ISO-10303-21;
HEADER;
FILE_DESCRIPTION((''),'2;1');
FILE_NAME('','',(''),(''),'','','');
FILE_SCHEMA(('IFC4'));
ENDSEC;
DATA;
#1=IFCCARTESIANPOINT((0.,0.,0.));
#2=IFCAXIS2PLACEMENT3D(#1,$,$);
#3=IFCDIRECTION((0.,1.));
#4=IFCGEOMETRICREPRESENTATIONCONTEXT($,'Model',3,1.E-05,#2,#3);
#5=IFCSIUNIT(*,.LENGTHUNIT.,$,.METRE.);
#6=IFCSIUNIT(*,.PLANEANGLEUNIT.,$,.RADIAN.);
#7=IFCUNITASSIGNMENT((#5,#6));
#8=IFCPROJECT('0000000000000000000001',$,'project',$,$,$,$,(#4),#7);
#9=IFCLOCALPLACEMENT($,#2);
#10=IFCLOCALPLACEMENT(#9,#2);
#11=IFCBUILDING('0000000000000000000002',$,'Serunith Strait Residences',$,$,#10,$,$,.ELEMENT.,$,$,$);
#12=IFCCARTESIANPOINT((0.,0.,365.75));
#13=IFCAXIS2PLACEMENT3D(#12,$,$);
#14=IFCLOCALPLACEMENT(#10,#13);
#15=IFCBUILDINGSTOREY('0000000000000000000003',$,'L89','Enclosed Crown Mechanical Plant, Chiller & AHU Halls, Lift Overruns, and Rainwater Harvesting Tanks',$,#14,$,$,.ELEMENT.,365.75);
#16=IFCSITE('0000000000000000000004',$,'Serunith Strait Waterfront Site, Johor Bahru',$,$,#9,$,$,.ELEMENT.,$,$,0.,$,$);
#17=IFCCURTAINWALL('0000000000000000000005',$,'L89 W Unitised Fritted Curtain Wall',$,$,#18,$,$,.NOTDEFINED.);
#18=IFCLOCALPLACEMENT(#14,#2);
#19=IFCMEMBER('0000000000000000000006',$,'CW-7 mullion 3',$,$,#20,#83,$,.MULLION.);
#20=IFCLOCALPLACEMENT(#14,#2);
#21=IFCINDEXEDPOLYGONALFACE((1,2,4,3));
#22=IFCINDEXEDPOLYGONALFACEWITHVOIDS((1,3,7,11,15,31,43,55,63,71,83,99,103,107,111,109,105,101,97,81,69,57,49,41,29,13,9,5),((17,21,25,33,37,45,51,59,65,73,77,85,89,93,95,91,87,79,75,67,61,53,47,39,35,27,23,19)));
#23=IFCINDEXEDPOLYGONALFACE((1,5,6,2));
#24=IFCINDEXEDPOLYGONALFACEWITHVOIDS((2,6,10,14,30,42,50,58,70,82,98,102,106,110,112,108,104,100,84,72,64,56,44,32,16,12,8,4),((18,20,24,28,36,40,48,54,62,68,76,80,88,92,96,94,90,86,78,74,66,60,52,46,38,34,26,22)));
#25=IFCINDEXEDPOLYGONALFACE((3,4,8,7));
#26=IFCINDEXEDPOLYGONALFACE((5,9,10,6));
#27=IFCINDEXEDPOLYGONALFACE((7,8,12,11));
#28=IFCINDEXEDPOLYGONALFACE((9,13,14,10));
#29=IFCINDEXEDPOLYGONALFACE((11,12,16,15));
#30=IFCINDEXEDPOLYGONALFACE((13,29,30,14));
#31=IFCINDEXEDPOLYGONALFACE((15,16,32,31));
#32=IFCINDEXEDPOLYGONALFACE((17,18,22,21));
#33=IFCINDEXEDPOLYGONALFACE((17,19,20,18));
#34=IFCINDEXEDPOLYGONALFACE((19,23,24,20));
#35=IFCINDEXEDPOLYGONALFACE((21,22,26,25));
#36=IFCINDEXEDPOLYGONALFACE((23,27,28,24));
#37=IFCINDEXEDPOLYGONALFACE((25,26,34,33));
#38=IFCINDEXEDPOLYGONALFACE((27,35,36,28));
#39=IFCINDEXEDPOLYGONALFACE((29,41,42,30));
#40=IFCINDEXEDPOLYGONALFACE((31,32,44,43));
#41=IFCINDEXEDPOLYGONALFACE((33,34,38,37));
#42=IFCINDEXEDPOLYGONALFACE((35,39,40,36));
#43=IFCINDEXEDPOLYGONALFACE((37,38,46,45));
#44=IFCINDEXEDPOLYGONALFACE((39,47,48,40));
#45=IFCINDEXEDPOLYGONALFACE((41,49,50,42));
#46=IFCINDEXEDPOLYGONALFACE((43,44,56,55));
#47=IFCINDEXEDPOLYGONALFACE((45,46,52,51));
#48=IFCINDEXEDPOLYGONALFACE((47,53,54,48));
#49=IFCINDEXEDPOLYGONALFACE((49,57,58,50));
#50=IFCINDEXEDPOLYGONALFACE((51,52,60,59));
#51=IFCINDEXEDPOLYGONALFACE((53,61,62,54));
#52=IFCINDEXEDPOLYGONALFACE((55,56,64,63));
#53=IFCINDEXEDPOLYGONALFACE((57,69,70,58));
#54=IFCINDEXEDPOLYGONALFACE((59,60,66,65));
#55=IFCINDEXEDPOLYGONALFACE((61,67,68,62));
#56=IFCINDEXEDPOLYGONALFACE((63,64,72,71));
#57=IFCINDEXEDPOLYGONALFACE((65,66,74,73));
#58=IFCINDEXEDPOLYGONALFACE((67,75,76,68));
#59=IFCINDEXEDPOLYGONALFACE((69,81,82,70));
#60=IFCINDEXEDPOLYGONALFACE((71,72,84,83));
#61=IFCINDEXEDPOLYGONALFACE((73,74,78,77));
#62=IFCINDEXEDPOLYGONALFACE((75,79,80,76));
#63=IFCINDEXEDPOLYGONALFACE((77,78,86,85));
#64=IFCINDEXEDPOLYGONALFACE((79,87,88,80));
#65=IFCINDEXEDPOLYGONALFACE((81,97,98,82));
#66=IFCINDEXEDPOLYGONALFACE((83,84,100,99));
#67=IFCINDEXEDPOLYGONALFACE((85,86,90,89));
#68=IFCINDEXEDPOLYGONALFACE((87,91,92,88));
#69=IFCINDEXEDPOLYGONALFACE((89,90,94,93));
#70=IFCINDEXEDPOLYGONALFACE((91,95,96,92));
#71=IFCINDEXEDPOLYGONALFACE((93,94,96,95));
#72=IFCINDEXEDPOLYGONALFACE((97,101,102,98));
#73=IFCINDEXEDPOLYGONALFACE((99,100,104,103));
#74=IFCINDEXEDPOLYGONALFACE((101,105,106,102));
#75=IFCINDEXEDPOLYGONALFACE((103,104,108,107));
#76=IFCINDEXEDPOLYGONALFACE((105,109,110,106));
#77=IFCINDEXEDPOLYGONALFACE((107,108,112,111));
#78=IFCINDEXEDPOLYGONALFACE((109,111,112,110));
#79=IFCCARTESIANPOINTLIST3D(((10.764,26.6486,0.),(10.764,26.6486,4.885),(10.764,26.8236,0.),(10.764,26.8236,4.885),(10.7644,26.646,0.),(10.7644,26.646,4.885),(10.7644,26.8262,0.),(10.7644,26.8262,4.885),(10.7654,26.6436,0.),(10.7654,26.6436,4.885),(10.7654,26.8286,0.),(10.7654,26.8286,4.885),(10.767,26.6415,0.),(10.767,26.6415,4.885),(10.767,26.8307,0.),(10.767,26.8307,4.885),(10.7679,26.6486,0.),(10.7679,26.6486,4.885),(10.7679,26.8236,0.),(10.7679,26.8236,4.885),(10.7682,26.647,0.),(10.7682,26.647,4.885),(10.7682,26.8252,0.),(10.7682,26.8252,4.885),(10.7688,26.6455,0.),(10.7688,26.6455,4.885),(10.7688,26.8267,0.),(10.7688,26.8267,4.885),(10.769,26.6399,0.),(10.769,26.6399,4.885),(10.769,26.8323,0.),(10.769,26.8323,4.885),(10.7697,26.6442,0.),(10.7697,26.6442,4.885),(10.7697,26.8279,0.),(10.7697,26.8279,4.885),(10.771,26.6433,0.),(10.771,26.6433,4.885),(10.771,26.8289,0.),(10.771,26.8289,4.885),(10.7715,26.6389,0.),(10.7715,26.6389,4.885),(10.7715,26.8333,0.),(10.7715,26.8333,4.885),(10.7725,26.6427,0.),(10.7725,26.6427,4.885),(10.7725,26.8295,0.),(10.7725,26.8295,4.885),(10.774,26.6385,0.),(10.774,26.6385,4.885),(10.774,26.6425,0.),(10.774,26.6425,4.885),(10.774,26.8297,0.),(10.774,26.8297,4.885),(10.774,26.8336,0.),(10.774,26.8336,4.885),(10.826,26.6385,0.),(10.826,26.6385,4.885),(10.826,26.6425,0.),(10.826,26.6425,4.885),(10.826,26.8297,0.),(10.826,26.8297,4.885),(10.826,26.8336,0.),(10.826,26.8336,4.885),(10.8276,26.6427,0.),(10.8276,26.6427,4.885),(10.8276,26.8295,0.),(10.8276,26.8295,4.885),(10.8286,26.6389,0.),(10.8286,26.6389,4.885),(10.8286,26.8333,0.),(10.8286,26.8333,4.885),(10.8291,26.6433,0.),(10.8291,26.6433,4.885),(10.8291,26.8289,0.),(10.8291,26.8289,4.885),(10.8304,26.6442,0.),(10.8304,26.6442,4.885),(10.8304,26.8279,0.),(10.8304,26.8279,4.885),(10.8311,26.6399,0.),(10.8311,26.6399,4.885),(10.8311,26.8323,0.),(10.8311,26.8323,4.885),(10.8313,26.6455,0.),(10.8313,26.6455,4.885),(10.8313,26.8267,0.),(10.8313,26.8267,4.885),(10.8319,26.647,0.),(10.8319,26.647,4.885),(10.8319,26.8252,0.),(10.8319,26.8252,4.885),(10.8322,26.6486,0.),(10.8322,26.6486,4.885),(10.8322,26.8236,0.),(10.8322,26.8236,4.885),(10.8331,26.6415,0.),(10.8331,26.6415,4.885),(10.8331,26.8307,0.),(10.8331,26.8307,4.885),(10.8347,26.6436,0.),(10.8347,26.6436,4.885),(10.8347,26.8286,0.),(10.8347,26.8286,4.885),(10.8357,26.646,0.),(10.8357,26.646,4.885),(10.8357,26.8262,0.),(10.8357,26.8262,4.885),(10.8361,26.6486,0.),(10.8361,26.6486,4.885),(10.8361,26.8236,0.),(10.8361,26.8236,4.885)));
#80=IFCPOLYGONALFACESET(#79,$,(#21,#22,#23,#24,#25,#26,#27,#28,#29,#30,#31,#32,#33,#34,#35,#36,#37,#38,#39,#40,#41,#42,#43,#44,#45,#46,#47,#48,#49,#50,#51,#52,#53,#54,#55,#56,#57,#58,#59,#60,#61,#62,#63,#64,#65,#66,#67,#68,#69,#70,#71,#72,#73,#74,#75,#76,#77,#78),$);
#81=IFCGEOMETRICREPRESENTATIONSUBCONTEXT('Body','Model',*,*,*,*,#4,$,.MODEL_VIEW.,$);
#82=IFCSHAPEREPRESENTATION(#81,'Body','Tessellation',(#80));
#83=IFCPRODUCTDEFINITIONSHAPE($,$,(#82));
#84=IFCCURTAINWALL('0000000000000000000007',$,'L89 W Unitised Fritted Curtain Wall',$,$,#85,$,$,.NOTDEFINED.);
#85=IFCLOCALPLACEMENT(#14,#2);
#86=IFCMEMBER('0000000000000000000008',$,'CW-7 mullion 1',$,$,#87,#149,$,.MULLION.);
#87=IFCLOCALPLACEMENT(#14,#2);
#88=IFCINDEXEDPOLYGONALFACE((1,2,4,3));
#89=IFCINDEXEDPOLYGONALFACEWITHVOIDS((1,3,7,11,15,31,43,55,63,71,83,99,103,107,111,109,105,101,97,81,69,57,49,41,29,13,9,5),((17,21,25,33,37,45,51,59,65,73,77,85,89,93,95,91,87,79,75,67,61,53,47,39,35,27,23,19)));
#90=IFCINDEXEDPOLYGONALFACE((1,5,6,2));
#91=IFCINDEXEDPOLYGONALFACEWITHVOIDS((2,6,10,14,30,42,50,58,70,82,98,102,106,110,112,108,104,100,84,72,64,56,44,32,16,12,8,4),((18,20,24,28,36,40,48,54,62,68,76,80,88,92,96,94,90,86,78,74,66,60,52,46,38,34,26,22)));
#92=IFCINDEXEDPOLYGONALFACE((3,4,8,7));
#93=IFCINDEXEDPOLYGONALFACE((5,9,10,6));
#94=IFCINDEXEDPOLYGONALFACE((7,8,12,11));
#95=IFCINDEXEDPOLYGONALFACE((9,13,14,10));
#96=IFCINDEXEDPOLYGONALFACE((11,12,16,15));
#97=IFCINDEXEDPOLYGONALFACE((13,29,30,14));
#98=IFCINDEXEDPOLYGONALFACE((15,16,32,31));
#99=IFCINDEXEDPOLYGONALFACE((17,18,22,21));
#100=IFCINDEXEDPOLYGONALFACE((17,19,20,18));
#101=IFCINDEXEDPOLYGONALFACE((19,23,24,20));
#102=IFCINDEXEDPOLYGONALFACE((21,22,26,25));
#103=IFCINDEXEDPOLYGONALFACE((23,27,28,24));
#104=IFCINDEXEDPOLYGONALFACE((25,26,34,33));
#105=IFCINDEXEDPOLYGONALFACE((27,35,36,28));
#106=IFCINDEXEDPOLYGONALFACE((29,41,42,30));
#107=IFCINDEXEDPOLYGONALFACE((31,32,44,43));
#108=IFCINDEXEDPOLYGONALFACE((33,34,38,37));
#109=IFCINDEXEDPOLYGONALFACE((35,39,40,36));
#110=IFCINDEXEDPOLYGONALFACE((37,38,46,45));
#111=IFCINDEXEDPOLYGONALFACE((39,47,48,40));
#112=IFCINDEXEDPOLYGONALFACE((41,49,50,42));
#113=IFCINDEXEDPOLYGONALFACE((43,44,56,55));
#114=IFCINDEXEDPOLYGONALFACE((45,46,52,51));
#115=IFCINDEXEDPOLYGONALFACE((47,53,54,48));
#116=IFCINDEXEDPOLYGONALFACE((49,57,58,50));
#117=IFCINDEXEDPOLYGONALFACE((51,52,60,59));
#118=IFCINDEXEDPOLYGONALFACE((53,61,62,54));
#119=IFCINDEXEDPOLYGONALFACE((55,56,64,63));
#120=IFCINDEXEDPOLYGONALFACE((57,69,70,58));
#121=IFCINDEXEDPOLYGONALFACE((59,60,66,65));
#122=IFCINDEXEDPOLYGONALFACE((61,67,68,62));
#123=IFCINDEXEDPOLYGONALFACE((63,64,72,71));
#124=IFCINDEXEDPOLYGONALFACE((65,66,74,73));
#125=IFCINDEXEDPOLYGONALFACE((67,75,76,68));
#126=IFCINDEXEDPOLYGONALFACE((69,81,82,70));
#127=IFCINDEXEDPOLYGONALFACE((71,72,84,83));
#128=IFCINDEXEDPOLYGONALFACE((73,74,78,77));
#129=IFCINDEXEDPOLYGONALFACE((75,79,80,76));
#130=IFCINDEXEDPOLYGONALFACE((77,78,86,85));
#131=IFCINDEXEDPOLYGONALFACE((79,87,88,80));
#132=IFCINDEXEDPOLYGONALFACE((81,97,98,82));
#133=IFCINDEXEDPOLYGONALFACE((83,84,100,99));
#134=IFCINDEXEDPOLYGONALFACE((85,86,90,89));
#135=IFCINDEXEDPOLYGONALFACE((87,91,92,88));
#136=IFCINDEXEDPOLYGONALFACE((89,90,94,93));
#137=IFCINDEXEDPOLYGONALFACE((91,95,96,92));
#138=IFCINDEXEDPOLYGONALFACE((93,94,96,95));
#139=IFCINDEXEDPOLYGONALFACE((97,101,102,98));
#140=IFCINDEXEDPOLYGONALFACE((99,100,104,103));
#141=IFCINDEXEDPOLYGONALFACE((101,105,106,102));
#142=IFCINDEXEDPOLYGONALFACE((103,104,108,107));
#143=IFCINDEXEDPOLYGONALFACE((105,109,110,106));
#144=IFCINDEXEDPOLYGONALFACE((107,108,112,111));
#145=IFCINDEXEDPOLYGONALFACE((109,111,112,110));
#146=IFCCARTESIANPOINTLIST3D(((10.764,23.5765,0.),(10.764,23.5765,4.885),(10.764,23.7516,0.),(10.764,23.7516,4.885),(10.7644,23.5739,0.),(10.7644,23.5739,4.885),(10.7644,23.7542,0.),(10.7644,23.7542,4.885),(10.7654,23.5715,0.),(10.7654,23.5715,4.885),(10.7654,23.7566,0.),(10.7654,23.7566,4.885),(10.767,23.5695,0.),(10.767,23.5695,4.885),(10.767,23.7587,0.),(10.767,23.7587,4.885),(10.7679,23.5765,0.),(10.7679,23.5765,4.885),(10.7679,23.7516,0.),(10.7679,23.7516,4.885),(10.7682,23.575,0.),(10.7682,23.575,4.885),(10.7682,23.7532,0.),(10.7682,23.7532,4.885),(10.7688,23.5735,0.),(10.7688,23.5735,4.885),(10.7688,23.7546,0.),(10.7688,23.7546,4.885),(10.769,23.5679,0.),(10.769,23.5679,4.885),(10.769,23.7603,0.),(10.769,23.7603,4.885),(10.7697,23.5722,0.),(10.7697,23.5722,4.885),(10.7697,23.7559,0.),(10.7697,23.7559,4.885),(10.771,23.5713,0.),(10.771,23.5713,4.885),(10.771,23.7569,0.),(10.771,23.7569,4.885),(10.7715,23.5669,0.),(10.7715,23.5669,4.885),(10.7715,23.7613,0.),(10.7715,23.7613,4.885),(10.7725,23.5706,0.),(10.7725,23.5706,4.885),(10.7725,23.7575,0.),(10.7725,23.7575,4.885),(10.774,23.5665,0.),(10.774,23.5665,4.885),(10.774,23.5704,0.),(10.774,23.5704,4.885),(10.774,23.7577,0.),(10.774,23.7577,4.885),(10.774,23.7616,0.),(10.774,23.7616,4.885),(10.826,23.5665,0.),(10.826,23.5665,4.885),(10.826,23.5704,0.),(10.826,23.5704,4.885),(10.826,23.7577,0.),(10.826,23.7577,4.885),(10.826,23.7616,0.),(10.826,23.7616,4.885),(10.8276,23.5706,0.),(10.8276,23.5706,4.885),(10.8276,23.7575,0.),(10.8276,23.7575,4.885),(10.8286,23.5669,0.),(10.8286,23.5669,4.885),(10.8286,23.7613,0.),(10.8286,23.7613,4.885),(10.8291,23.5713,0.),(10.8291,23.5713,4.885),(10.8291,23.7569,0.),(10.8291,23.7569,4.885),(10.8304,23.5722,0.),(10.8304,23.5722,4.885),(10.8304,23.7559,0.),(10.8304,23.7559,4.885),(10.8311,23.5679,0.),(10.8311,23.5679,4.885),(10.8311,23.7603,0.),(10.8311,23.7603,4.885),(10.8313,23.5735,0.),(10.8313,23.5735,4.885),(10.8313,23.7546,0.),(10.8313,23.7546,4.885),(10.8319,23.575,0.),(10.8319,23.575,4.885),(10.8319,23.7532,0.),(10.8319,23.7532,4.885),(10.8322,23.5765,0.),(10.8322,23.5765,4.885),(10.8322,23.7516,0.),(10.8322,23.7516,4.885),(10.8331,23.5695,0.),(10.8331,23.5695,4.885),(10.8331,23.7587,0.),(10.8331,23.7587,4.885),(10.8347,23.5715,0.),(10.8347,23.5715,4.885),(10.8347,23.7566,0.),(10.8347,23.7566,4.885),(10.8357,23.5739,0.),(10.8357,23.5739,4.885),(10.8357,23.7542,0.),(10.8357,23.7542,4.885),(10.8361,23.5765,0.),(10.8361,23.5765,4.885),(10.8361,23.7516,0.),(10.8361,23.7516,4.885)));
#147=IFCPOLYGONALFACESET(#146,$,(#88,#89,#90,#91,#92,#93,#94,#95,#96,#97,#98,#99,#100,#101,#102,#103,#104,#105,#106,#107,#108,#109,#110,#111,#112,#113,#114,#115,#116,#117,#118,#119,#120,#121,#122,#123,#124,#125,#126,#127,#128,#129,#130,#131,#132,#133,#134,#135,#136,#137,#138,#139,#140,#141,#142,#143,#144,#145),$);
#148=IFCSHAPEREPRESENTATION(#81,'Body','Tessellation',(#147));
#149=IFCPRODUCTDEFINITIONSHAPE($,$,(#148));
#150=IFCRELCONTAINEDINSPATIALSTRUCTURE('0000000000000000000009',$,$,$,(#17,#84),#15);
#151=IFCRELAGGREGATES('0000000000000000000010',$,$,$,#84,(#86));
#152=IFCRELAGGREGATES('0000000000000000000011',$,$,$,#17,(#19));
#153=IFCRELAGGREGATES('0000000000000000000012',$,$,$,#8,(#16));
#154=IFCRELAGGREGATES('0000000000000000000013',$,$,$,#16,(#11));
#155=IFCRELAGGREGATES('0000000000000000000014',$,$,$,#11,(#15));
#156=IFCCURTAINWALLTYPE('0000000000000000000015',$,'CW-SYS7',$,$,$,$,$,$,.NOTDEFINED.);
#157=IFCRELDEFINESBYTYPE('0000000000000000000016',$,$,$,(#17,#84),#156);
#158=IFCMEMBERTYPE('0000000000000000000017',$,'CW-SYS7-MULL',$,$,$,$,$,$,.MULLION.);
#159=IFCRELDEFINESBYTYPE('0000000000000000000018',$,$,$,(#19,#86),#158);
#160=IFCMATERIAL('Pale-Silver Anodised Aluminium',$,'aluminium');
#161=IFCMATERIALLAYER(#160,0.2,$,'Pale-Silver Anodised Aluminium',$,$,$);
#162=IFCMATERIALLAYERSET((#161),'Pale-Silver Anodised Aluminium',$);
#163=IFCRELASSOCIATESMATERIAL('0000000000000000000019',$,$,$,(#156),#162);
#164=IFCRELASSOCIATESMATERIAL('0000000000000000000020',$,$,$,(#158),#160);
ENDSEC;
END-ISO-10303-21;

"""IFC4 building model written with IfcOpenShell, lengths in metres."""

from ifc_helpers import new_model, si_unit, direction, frame, origin, origin_2d, place, context, subcontext, project, spatial, hollow_rectangle, extrude, source, transform, mapped, material, layer, layer_set, material_profile, profile_set, type_object, element, aggregate, save


model = new_model("IFC4")

# Units and contexts
model_context = context("Model", 3, precision=1e-05, world=origin(), true_north=direction((0.0, 1.0)))
body_context = subcontext(model_context, "Body", "Model", "MODEL_VIEW")
ifc_project = project(units=[si_unit("LENGTHUNIT", "METRE"), si_unit("PLANEANGLEUNIT", "RADIAN")], contexts=[model_context])

# Site, building, storey
site_placement = place(None, origin())
site = spatial("IfcSite", under=ifc_project, at=site_placement, Name="Serunith Strait Waterfront Site, Johor Bahru", CompositionType="ELEMENT", RefElevation=0.0)
building_placement = place(site_placement, origin())
building = spatial("IfcBuilding", under=site, at=building_placement, Name="Serunith Strait Residences", CompositionType="ELEMENT")
storey_placement = place(building_placement, frame((0.0, 0.0, 365.75)))
storey = spatial("IfcBuildingStorey", under=building, at=storey_placement, Name="L89", Description="Enclosed Crown Mechanical Plant, Chiller & AHU Halls, Lift Overruns, and Rainwater Harvesting Tanks", CompositionType="ELEMENT", Elevation=365.75)

# Curtain wall, member
ifc_material_1 = material(Name="Pale-Silver Anodised Aluminium", Category="aluminium")
ifc_layer_1 = layer(ifc_material_1, 0.2, Name="Pale-Silver Anodised Aluminium")
ifc_layer_set_1 = layer_set([ifc_layer_1], Name="Pale-Silver Anodised Aluminium")
curtain_wall_type = type_object("IfcCurtainWallType", Name="CW-SYS7", PredefinedType="NOTDEFINED", material=ifc_layer_set_1)
curtain_wall_1_placement = place(storey_placement, origin())
curtain_wall_1 = element("IfcCurtainWall", 1, at=curtain_wall_1_placement, inside=storey, type_object=curtain_wall_type, Name="L89 W Unitised Fritted Curtain Wall", PredefinedType="NOTDEFINED")
ifc_material_profile_1 = material_profile(ifc_material_1, hollow_rectangle(XDim=0.072, YDim=0.1951, WallThickness=0.0039, InnerFilletRadius=0.0061, OuterFilletRadius=0.01, at=origin_2d()), Name="ALU 195x72x4")
ifc_profile_set_1 = profile_set([ifc_material_profile_1], Name="Pale-Silver Anodised Aluminium")
member_type_1 = type_object("IfcMemberType", Name="CW-SYS7-MULL", PredefinedType="MULLION", material=ifc_profile_set_1)
shared_shape_1 = source(origin(), body_context, "Body", "SweptSolid", [
    extrude(hollow_rectangle(XDim=0.072, YDim=0.1951, WallThickness=0.0039, InnerFilletRadius=0.0061, OuterFilletRadius=0.01, at=origin_2d()), origin(), (0.0, 0.0, 1.0), 4.885),
])
member_1_placement = place(storey_placement, frame((10.8, 26.7361, 0.0), z_axis=(0.0, 0.0, 1.0), x_axis=(1.0, 0.0, 0.0)))
member_1 = element("IfcMember", 2, at=member_1_placement, type_object=member_type_1, Name="CW-7 mullion 3", PredefinedType="MULLION", context=body_context, shape_type="MappedRepresentation", body=[
    mapped(shared_shape_1, transform((0.0, 0.0, 0.0), scale=1.0)),
])

# Curtain wall, member
curtain_wall_2_placement = place(storey_placement, origin())
curtain_wall_2 = element("IfcCurtainWall", 3, at=curtain_wall_2_placement, inside=storey, type_object=curtain_wall_type, Name="L89 W Unitised Fritted Curtain Wall", PredefinedType="NOTDEFINED")
member_2_placement = place(storey_placement, frame((10.8, 23.6641, 0.0), z_axis=(0.0, 0.0, 1.0), x_axis=(1.0, 0.0, 0.0)))
member_2 = element("IfcMember", 4, at=member_2_placement, type_object=member_type_1, Name="CW-7 mullion 1", PredefinedType="MULLION", context=body_context, shape_type="MappedRepresentation", body=[
    mapped(shared_shape_1, transform((0.0, 0.0, 0.0), scale=1.0)),
])
aggregate(curtain_wall_2, [member_2])

aggregate(curtain_wall_1, [member_1])

save(model, "model.ifc")
